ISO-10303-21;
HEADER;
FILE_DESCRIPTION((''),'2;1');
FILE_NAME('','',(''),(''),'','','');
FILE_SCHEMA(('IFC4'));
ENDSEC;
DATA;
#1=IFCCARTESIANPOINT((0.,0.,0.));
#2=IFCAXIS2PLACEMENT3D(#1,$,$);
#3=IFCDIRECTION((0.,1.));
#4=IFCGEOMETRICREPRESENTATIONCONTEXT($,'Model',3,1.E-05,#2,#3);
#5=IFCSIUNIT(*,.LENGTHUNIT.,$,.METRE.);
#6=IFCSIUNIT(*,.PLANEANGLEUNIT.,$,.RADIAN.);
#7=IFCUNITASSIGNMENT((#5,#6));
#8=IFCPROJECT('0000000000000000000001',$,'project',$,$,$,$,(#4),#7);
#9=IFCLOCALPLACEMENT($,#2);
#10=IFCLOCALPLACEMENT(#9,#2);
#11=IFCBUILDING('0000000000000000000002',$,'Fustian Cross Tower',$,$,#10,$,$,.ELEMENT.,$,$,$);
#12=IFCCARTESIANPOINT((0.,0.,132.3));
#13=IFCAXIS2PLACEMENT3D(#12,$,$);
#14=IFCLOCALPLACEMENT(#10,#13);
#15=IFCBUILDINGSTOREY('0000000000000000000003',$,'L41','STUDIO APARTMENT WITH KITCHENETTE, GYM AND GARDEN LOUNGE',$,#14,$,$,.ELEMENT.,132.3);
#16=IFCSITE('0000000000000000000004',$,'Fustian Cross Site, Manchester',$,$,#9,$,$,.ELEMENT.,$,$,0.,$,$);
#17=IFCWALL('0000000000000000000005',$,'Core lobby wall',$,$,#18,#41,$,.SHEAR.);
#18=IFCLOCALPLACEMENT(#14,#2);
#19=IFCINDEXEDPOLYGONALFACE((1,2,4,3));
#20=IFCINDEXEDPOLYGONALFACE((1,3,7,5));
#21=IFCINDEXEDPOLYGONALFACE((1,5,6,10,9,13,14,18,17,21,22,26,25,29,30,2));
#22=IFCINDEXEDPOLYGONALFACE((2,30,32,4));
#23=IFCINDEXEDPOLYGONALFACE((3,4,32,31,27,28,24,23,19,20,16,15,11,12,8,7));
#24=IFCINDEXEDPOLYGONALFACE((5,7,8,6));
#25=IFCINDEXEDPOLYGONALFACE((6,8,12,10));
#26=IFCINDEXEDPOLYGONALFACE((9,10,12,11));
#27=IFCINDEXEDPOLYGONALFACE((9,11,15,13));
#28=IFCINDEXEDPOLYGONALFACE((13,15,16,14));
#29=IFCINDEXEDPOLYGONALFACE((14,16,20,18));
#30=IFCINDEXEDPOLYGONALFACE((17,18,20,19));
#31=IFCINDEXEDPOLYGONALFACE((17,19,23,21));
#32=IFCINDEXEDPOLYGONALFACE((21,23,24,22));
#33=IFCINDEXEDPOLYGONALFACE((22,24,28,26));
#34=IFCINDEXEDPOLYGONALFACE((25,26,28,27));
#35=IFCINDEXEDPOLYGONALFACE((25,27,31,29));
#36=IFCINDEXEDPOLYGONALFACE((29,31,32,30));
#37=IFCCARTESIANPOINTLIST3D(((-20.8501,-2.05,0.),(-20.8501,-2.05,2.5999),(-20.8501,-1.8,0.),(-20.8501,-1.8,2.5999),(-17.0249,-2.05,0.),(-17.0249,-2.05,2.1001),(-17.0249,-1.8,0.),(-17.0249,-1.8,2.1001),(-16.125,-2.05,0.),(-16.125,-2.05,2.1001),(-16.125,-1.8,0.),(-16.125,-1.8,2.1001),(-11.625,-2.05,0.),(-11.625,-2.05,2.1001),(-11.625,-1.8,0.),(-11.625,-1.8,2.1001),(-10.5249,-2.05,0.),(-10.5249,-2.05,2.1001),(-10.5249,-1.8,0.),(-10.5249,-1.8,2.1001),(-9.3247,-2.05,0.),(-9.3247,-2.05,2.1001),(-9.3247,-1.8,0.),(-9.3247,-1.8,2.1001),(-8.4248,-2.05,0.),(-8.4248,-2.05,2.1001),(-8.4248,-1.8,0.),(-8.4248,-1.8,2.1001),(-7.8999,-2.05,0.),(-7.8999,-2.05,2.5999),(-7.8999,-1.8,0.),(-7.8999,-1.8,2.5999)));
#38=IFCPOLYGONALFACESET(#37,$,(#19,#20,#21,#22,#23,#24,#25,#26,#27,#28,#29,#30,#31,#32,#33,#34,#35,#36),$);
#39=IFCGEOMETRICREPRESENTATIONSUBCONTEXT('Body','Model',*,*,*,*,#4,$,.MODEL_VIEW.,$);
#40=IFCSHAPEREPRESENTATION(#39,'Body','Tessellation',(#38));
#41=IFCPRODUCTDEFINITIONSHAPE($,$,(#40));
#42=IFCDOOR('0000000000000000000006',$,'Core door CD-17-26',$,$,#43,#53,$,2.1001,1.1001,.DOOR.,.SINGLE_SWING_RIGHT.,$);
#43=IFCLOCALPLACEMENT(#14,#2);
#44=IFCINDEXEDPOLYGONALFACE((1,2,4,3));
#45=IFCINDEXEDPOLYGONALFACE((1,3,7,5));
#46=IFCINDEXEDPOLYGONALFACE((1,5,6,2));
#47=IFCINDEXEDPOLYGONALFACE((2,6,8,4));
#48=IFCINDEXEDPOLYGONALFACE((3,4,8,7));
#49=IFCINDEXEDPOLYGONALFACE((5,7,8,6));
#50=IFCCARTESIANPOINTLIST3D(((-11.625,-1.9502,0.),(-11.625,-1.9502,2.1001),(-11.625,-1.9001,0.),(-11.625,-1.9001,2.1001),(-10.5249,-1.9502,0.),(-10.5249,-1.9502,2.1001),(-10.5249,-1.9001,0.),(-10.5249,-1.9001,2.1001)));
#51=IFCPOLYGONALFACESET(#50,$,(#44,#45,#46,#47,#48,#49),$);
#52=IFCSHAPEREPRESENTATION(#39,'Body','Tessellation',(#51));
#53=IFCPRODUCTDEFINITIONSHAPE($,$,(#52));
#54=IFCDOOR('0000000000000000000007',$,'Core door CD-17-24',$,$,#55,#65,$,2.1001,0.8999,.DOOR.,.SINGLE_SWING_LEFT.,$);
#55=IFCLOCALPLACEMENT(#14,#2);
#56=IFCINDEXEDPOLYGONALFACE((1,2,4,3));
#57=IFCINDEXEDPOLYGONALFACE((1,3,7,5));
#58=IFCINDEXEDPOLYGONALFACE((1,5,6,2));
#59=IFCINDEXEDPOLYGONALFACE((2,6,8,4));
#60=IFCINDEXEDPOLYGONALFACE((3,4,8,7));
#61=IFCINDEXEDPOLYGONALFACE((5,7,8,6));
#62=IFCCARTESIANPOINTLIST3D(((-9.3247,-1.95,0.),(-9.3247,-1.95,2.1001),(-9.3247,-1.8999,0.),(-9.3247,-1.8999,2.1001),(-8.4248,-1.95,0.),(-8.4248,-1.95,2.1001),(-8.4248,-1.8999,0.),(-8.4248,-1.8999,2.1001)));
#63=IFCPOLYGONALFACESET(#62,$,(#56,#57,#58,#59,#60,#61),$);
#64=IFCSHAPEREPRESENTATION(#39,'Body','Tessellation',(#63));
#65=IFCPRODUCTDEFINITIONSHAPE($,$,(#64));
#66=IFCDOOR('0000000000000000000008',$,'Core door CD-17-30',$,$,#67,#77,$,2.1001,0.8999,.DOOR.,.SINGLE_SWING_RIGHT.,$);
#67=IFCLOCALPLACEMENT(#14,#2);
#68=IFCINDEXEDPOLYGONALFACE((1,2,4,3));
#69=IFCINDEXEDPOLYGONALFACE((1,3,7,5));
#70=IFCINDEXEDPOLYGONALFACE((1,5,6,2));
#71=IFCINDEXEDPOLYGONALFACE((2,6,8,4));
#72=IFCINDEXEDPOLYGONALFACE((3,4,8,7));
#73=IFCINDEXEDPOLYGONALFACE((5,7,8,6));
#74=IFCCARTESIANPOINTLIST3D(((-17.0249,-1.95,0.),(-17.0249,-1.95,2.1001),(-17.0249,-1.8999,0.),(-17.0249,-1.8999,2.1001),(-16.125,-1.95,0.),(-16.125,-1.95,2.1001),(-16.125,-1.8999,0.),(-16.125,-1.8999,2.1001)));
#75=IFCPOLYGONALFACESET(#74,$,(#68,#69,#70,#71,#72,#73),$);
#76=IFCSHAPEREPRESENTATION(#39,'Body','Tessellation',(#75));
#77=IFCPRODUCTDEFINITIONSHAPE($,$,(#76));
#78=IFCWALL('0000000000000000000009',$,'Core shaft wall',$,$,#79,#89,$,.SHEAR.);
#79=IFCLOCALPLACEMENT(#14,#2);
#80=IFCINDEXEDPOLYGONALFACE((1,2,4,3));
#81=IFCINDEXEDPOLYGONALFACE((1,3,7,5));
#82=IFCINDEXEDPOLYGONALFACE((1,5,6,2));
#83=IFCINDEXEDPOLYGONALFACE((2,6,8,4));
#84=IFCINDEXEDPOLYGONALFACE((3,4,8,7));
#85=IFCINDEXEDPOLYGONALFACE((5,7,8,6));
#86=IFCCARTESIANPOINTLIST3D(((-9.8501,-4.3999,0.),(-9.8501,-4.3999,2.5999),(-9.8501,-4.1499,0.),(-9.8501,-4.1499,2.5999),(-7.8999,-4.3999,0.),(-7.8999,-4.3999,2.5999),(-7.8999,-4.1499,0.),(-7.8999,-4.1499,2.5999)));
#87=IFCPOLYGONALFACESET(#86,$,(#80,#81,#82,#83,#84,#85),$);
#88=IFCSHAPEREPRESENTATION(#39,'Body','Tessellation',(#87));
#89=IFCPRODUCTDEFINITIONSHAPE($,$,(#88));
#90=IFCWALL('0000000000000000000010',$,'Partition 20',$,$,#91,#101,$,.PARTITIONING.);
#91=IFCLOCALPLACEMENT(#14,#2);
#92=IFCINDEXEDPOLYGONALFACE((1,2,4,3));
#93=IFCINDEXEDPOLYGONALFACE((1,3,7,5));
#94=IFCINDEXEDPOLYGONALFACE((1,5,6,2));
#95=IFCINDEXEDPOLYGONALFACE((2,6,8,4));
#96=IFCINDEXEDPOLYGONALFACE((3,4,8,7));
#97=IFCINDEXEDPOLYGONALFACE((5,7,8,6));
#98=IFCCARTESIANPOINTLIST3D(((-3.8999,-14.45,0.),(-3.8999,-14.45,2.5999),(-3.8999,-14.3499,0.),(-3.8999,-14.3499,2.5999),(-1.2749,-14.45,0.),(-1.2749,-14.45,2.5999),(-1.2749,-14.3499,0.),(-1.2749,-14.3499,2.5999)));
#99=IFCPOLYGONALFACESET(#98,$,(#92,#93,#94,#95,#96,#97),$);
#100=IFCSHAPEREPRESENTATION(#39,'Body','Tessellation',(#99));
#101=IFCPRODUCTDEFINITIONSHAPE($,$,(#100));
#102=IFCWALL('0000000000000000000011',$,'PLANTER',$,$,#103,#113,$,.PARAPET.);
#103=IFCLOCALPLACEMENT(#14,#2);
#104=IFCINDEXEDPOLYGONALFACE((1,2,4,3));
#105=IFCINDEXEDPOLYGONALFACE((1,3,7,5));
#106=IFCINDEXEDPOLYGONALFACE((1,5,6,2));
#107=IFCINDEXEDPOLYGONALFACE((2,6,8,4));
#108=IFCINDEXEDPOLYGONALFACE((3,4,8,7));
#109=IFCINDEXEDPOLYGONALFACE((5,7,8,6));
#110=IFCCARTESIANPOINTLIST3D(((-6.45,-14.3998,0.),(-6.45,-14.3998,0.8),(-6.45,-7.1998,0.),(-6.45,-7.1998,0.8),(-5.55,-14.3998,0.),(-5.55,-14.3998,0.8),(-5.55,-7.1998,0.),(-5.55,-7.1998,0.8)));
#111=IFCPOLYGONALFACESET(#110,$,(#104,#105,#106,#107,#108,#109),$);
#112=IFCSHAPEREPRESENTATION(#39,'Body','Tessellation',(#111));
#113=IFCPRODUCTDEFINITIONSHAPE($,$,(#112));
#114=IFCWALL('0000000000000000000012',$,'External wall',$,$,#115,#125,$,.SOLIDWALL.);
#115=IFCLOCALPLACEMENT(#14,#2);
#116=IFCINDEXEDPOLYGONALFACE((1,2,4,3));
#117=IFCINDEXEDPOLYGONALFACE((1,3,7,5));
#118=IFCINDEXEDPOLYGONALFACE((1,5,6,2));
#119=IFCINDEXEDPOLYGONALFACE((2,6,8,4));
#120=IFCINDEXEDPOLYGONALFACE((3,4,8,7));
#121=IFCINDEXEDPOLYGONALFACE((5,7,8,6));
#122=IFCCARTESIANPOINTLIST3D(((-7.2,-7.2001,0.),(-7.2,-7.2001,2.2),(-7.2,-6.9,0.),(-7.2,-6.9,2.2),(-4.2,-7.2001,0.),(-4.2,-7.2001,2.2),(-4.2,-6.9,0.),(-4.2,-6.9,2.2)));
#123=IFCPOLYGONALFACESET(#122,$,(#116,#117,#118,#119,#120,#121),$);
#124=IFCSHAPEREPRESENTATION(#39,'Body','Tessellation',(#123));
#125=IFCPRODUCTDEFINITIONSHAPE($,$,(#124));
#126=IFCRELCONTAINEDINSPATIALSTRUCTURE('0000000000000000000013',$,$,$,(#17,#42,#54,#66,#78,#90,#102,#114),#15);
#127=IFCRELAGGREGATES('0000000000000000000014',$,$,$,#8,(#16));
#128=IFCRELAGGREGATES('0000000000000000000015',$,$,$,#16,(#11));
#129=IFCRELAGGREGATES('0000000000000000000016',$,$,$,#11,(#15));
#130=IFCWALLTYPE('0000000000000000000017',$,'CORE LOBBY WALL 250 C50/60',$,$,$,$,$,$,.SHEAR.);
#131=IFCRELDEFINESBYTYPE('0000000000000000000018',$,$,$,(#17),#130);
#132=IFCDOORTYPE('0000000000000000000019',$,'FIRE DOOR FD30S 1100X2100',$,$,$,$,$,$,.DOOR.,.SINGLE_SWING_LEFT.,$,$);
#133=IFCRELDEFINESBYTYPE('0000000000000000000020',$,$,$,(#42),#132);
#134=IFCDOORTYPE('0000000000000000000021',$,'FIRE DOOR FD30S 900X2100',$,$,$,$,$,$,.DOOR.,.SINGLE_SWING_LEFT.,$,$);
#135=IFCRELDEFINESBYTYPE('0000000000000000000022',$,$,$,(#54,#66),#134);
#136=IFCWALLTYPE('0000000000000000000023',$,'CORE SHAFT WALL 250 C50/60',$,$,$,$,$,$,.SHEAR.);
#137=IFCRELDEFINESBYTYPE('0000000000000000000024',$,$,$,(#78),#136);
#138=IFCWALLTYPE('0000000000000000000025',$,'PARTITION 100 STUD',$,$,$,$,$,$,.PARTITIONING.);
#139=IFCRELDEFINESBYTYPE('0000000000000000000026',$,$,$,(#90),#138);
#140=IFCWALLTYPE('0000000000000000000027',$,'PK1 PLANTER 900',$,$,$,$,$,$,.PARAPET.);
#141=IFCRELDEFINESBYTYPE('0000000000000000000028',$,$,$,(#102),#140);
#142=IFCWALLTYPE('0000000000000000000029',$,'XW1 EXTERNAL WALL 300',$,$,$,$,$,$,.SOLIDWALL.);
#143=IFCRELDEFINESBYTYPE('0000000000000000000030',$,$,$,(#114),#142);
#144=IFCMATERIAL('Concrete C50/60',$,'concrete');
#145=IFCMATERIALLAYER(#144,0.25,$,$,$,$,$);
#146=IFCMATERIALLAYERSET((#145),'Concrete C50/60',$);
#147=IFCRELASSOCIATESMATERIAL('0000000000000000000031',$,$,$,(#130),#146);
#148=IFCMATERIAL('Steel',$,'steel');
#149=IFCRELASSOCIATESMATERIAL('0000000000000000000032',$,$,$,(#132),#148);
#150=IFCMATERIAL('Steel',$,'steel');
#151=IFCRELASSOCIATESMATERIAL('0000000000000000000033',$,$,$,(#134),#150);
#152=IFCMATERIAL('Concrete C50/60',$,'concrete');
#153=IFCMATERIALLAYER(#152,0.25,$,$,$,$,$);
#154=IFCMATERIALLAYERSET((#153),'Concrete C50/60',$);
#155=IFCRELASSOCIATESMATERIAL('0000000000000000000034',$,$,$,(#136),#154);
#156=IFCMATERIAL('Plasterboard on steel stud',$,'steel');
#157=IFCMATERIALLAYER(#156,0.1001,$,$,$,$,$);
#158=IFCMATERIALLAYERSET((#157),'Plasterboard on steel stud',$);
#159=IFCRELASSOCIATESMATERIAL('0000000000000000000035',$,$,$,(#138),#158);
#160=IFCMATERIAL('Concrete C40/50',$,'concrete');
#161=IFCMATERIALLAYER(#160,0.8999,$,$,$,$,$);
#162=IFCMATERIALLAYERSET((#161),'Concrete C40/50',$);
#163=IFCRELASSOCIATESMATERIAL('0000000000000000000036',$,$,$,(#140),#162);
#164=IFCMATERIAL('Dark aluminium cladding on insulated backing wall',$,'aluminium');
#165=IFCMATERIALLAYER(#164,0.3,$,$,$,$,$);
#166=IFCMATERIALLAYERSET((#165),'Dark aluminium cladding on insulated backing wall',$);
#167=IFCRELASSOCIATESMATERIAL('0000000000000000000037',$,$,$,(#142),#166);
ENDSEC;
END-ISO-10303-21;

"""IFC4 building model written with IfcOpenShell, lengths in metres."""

from ifc_helpers import new_model, si_unit, direction, frame, frame_2d, origin, place, context, subcontext, project, spatial, rectangle, extrude, material, layer, layer_set, type_object, element, fill, save


model = new_model("IFC4")

# Units and contexts
model_context = context("Model", 3, precision=1e-05, world=origin(), true_north=direction((0.0, 1.0)))
body_context = subcontext(model_context, "Body", "Model", "MODEL_VIEW")
ifc_project = project(units=[si_unit("LENGTHUNIT", "METRE"), si_unit("PLANEANGLEUNIT", "RADIAN")], contexts=[model_context])

# Site, building, storey
site_placement = place(None, origin())
site = spatial("IfcSite", under=ifc_project, at=site_placement, Name="Fustian Cross Site, Manchester", CompositionType="ELEMENT", RefElevation=0.0)
building_placement = place(site_placement, origin())
building = spatial("IfcBuilding", under=site, at=building_placement, Name="Fustian Cross Tower", CompositionType="ELEMENT")
storey_placement = place(building_placement, frame((0.0, 0.0, 132.3)))
storey = spatial("IfcBuildingStorey", under=building, at=storey_placement, Name="L41", Description="STUDIO APARTMENT WITH KITCHENETTE, GYM AND GARDEN LOUNGE", CompositionType="ELEMENT", Elevation=132.3)

# Wall, openings, doors
ifc_material_1 = material(Name="Concrete C50/60", Category="concrete")
ifc_layer_1 = layer(ifc_material_1, 0.25)
ifc_layer_set_1 = layer_set([ifc_layer_1], Name="Concrete C50/60")
wall_type_1 = type_object("IfcWallType", Name="CORE LOBBY WALL 250 C50/60", PredefinedType="SHEAR", material=ifc_layer_set_1)
wall_1_placement = place(storey_placement, frame((-7.8999, -1.925, 0.0), z_axis=(0.0, 0.0, 1.0), x_axis=(-1.0, 0.0, 0.0)))
wall_1 = element("IfcWall", 1, at=wall_1_placement, inside=storey, type_object=wall_type_1, Name="Core lobby wall", PredefinedType="SHEAR", context=body_context, shape_type="SweptSolid", body=[
    extrude(rectangle(XDim=12.9502, YDim=0.25, at=frame_2d((6.4751, 0.0))), origin(), (0.0, 0.0, 1.0), 2.5999),
])
opening_1_placement = place(wall_1_placement, frame((0.5249, 0.0, 0.0)))
opening_1 = element("IfcOpeningElement", 2, at=opening_1_placement, cuts=wall_1, PredefinedType="OPENING", context=body_context, shape_type="SweptSolid", body=[
    extrude(rectangle(XDim=0.8999, YDim=2.1001, at=frame_2d((0.45, 1.05))), frame((0.0, 0.135, 0.0), z_axis=(0.0, -1.0, 0.0), x_axis=(1.0, 0.0, 0.0)), (0.0, 0.0, 1.0), 0.27),
])
opening_2_placement = place(wall_1_placement, frame((2.625, 0.0, 0.0)))
opening_2 = element("IfcOpeningElement", 3, at=opening_2_placement, cuts=wall_1, PredefinedType="OPENING", context=body_context, shape_type="SweptSolid", body=[
    extrude(rectangle(XDim=1.1001, YDim=2.1001, at=frame_2d((0.55, 1.05))), frame((0.0, 0.135, 0.0), z_axis=(0.0, -1.0, 0.0), x_axis=(1.0, 0.0, 0.0)), (0.0, 0.0, 1.0), 0.27),
])
opening_3_placement = place(wall_1_placement, frame((8.2251, 0.0, 0.0)))
opening_3 = element("IfcOpeningElement", 4, at=opening_3_placement, cuts=wall_1, PredefinedType="OPENING", context=body_context, shape_type="SweptSolid", body=[
    extrude(rectangle(XDim=0.8999, YDim=2.1001, at=frame_2d((0.45, 1.05))), frame((0.0, 0.135, 0.0), z_axis=(0.0, -1.0, 0.0), x_axis=(1.0, 0.0, 0.0)), (0.0, 0.0, 1.0), 0.27),
])
ifc_material_2 = material(Name="Steel", Category="steel")
door_type_1 = type_object("IfcDoorType", Name="FIRE DOOR FD30S 1100X2100", OperationType="SINGLE_SWING_LEFT", PredefinedType="DOOR", material=ifc_material_2)
door_1_placement = place(opening_2_placement, frame((1.1001, 0.0, 0.0), z_axis=(0.0, 0.0, 1.0), x_axis=(-1.0, 0.0, 0.0)))
door_1 = element("IfcDoor", 5, at=door_1_placement, inside=storey, type_object=door_type_1, Name="Core door CD-17-26", OperationType="SINGLE_SWING_RIGHT", OverallHeight=2.1001, OverallWidth=1.1001, PredefinedType="DOOR", context=body_context, shape_type="SweptSolid", body=[
    extrude(rectangle(XDim=1.1001, YDim=2.1001, at=frame_2d((0.55, 1.05))), frame((0.0, 0.0249, 0.0), z_axis=(0.0, -1.0, 0.0), x_axis=(1.0, 0.0, 0.0)), (0.0, 0.0, 1.0), 0.05),
])
fill(opening_2, door_1)
ifc_material_3 = material(Name="Steel", Category="steel")
door_type_2 = type_object("IfcDoorType", Name="FIRE DOOR FD30S 900X2100", OperationType="SINGLE_SWING_LEFT", PredefinedType="DOOR", material=ifc_material_3)
door_2_placement = place(opening_1_placement, origin())
door_2 = element("IfcDoor", 6, at=door_2_placement, inside=storey, type_object=door_type_2, Name="Core door CD-17-24", OperationType="SINGLE_SWING_LEFT", OverallHeight=2.1001, OverallWidth=0.8999, PredefinedType="DOOR", context=body_context, shape_type="SweptSolid", body=[
    extrude(rectangle(XDim=0.8999, YDim=2.1001, at=frame_2d((0.45, 1.05))), frame((0.0, 0.0249, 0.0), z_axis=(0.0, -1.0, 0.0), x_axis=(1.0, 0.0, 0.0)), (0.0, 0.0, 1.0), 0.05),
])
fill(opening_1, door_2)
door_3_placement = place(opening_3_placement, origin())
door_3 = element("IfcDoor", 7, at=door_3_placement, inside=storey, type_object=door_type_2, Name="Core door CD-17-30", OperationType="SINGLE_SWING_RIGHT", OverallHeight=2.1001, OverallWidth=0.8999, PredefinedType="DOOR", context=body_context, shape_type="SweptSolid", body=[
    extrude(rectangle(XDim=0.8999, YDim=2.1001, at=frame_2d((0.45, 1.05))), frame((0.0, 0.0249, 0.0), z_axis=(0.0, -1.0, 0.0), x_axis=(1.0, 0.0, 0.0)), (0.0, 0.0, 1.0), 0.05),
])
fill(opening_3, door_3)

# Walls
ifc_material_4 = material(Name="Concrete C50/60", Category="concrete")
ifc_layer_2 = layer(ifc_material_4, 0.25)
ifc_layer_set_2 = layer_set([ifc_layer_2], Name="Concrete C50/60")
wall_type_2 = type_object("IfcWallType", Name="CORE SHAFT WALL 250 C50/60", PredefinedType="SHEAR", material=ifc_layer_set_2)
wall_2_placement = place(storey_placement, frame((-7.8999, -4.2749, 0.0), z_axis=(0.0, 0.0, 1.0), x_axis=(-1.0, 0.0, 0.0)))
element("IfcWall", 8, at=wall_2_placement, inside=storey, type_object=wall_type_2, Name="Core shaft wall", PredefinedType="SHEAR", context=body_context, shape_type="SweptSolid", body=[
    extrude(rectangle(XDim=1.9502, YDim=0.25, at=frame_2d((0.9751, 0.0))), origin(), (0.0, 0.0, 1.0), 2.5999),
])
ifc_material_5 = material(Name="Plasterboard on steel stud", Category="steel")
ifc_layer_3 = layer(ifc_material_5, 0.1001)
ifc_layer_set_3 = layer_set([ifc_layer_3], Name="Plasterboard on steel stud")
wall_type_3 = type_object("IfcWallType", Name="PARTITION 100 STUD", PredefinedType="PARTITIONING", material=ifc_layer_set_3)
wall_3_placement = place(storey_placement, frame((-3.8999, -14.3999, 0.0), z_axis=(0.0, 0.0, 1.0), x_axis=(1.0, 0.0, 0.0)))
element("IfcWall", 9, at=wall_3_placement, inside=storey, type_object=wall_type_3, Name="Partition 20", PredefinedType="PARTITIONING", context=body_context, shape_type="SweptSolid", body=[
    extrude(rectangle(XDim=2.625, YDim=0.1001, at=frame_2d((1.3125, 0.0))), origin(), (0.0, 0.0, 1.0), 2.5999),
])
ifc_material_6 = material(Name="Concrete C40/50", Category="concrete")
ifc_layer_4 = layer(ifc_material_6, 0.8999)
ifc_layer_set_4 = layer_set([ifc_layer_4], Name="Concrete C40/50")
wall_type_4 = type_object("IfcWallType", Name="PK1 PLANTER 900", PredefinedType="PARAPET", material=ifc_layer_set_4)
wall_4_placement = place(storey_placement, frame((-6.0, -14.3999, 0.0), z_axis=(0.0, 0.0, 1.0), x_axis=(0.0, 1.0, 0.0)))
element("IfcWall", 10, at=wall_4_placement, inside=storey, type_object=wall_type_4, Name="PLANTER", PredefinedType="PARAPET", context=body_context, shape_type="SweptSolid", body=[
    extrude(rectangle(XDim=7.2, YDim=0.8999, at=frame_2d((3.6001, 0.0))), origin(), (0.0, 0.0, 1.0), 0.8),
])
ifc_material_7 = material(Name="Dark aluminium cladding on insulated backing wall", Category="aluminium")
ifc_layer_5 = layer(ifc_material_7, 0.3)
ifc_layer_set_5 = layer_set([ifc_layer_5], Name="Dark aluminium cladding on insulated backing wall")
wall_type_5 = type_object("IfcWallType", Name="XW1 EXTERNAL WALL 300", PredefinedType="SOLIDWALL", material=ifc_layer_set_5)
wall_5_placement = place(storey_placement, frame((-7.2, -7.05, 0.0), z_axis=(0.0, 0.0, 1.0), x_axis=(1.0, 0.0, 0.0)))
element("IfcWall", 11, at=wall_5_placement, inside=storey, type_object=wall_type_5, Name="External wall", PredefinedType="SOLIDWALL", context=body_context, shape_type="SweptSolid", body=[
    extrude(rectangle(XDim=3.0, YDim=0.3, at=frame_2d((1.5, 0.0))), origin(), (0.0, 0.0, 1.0), 2.2),
])

save(model, "model.ifc")
